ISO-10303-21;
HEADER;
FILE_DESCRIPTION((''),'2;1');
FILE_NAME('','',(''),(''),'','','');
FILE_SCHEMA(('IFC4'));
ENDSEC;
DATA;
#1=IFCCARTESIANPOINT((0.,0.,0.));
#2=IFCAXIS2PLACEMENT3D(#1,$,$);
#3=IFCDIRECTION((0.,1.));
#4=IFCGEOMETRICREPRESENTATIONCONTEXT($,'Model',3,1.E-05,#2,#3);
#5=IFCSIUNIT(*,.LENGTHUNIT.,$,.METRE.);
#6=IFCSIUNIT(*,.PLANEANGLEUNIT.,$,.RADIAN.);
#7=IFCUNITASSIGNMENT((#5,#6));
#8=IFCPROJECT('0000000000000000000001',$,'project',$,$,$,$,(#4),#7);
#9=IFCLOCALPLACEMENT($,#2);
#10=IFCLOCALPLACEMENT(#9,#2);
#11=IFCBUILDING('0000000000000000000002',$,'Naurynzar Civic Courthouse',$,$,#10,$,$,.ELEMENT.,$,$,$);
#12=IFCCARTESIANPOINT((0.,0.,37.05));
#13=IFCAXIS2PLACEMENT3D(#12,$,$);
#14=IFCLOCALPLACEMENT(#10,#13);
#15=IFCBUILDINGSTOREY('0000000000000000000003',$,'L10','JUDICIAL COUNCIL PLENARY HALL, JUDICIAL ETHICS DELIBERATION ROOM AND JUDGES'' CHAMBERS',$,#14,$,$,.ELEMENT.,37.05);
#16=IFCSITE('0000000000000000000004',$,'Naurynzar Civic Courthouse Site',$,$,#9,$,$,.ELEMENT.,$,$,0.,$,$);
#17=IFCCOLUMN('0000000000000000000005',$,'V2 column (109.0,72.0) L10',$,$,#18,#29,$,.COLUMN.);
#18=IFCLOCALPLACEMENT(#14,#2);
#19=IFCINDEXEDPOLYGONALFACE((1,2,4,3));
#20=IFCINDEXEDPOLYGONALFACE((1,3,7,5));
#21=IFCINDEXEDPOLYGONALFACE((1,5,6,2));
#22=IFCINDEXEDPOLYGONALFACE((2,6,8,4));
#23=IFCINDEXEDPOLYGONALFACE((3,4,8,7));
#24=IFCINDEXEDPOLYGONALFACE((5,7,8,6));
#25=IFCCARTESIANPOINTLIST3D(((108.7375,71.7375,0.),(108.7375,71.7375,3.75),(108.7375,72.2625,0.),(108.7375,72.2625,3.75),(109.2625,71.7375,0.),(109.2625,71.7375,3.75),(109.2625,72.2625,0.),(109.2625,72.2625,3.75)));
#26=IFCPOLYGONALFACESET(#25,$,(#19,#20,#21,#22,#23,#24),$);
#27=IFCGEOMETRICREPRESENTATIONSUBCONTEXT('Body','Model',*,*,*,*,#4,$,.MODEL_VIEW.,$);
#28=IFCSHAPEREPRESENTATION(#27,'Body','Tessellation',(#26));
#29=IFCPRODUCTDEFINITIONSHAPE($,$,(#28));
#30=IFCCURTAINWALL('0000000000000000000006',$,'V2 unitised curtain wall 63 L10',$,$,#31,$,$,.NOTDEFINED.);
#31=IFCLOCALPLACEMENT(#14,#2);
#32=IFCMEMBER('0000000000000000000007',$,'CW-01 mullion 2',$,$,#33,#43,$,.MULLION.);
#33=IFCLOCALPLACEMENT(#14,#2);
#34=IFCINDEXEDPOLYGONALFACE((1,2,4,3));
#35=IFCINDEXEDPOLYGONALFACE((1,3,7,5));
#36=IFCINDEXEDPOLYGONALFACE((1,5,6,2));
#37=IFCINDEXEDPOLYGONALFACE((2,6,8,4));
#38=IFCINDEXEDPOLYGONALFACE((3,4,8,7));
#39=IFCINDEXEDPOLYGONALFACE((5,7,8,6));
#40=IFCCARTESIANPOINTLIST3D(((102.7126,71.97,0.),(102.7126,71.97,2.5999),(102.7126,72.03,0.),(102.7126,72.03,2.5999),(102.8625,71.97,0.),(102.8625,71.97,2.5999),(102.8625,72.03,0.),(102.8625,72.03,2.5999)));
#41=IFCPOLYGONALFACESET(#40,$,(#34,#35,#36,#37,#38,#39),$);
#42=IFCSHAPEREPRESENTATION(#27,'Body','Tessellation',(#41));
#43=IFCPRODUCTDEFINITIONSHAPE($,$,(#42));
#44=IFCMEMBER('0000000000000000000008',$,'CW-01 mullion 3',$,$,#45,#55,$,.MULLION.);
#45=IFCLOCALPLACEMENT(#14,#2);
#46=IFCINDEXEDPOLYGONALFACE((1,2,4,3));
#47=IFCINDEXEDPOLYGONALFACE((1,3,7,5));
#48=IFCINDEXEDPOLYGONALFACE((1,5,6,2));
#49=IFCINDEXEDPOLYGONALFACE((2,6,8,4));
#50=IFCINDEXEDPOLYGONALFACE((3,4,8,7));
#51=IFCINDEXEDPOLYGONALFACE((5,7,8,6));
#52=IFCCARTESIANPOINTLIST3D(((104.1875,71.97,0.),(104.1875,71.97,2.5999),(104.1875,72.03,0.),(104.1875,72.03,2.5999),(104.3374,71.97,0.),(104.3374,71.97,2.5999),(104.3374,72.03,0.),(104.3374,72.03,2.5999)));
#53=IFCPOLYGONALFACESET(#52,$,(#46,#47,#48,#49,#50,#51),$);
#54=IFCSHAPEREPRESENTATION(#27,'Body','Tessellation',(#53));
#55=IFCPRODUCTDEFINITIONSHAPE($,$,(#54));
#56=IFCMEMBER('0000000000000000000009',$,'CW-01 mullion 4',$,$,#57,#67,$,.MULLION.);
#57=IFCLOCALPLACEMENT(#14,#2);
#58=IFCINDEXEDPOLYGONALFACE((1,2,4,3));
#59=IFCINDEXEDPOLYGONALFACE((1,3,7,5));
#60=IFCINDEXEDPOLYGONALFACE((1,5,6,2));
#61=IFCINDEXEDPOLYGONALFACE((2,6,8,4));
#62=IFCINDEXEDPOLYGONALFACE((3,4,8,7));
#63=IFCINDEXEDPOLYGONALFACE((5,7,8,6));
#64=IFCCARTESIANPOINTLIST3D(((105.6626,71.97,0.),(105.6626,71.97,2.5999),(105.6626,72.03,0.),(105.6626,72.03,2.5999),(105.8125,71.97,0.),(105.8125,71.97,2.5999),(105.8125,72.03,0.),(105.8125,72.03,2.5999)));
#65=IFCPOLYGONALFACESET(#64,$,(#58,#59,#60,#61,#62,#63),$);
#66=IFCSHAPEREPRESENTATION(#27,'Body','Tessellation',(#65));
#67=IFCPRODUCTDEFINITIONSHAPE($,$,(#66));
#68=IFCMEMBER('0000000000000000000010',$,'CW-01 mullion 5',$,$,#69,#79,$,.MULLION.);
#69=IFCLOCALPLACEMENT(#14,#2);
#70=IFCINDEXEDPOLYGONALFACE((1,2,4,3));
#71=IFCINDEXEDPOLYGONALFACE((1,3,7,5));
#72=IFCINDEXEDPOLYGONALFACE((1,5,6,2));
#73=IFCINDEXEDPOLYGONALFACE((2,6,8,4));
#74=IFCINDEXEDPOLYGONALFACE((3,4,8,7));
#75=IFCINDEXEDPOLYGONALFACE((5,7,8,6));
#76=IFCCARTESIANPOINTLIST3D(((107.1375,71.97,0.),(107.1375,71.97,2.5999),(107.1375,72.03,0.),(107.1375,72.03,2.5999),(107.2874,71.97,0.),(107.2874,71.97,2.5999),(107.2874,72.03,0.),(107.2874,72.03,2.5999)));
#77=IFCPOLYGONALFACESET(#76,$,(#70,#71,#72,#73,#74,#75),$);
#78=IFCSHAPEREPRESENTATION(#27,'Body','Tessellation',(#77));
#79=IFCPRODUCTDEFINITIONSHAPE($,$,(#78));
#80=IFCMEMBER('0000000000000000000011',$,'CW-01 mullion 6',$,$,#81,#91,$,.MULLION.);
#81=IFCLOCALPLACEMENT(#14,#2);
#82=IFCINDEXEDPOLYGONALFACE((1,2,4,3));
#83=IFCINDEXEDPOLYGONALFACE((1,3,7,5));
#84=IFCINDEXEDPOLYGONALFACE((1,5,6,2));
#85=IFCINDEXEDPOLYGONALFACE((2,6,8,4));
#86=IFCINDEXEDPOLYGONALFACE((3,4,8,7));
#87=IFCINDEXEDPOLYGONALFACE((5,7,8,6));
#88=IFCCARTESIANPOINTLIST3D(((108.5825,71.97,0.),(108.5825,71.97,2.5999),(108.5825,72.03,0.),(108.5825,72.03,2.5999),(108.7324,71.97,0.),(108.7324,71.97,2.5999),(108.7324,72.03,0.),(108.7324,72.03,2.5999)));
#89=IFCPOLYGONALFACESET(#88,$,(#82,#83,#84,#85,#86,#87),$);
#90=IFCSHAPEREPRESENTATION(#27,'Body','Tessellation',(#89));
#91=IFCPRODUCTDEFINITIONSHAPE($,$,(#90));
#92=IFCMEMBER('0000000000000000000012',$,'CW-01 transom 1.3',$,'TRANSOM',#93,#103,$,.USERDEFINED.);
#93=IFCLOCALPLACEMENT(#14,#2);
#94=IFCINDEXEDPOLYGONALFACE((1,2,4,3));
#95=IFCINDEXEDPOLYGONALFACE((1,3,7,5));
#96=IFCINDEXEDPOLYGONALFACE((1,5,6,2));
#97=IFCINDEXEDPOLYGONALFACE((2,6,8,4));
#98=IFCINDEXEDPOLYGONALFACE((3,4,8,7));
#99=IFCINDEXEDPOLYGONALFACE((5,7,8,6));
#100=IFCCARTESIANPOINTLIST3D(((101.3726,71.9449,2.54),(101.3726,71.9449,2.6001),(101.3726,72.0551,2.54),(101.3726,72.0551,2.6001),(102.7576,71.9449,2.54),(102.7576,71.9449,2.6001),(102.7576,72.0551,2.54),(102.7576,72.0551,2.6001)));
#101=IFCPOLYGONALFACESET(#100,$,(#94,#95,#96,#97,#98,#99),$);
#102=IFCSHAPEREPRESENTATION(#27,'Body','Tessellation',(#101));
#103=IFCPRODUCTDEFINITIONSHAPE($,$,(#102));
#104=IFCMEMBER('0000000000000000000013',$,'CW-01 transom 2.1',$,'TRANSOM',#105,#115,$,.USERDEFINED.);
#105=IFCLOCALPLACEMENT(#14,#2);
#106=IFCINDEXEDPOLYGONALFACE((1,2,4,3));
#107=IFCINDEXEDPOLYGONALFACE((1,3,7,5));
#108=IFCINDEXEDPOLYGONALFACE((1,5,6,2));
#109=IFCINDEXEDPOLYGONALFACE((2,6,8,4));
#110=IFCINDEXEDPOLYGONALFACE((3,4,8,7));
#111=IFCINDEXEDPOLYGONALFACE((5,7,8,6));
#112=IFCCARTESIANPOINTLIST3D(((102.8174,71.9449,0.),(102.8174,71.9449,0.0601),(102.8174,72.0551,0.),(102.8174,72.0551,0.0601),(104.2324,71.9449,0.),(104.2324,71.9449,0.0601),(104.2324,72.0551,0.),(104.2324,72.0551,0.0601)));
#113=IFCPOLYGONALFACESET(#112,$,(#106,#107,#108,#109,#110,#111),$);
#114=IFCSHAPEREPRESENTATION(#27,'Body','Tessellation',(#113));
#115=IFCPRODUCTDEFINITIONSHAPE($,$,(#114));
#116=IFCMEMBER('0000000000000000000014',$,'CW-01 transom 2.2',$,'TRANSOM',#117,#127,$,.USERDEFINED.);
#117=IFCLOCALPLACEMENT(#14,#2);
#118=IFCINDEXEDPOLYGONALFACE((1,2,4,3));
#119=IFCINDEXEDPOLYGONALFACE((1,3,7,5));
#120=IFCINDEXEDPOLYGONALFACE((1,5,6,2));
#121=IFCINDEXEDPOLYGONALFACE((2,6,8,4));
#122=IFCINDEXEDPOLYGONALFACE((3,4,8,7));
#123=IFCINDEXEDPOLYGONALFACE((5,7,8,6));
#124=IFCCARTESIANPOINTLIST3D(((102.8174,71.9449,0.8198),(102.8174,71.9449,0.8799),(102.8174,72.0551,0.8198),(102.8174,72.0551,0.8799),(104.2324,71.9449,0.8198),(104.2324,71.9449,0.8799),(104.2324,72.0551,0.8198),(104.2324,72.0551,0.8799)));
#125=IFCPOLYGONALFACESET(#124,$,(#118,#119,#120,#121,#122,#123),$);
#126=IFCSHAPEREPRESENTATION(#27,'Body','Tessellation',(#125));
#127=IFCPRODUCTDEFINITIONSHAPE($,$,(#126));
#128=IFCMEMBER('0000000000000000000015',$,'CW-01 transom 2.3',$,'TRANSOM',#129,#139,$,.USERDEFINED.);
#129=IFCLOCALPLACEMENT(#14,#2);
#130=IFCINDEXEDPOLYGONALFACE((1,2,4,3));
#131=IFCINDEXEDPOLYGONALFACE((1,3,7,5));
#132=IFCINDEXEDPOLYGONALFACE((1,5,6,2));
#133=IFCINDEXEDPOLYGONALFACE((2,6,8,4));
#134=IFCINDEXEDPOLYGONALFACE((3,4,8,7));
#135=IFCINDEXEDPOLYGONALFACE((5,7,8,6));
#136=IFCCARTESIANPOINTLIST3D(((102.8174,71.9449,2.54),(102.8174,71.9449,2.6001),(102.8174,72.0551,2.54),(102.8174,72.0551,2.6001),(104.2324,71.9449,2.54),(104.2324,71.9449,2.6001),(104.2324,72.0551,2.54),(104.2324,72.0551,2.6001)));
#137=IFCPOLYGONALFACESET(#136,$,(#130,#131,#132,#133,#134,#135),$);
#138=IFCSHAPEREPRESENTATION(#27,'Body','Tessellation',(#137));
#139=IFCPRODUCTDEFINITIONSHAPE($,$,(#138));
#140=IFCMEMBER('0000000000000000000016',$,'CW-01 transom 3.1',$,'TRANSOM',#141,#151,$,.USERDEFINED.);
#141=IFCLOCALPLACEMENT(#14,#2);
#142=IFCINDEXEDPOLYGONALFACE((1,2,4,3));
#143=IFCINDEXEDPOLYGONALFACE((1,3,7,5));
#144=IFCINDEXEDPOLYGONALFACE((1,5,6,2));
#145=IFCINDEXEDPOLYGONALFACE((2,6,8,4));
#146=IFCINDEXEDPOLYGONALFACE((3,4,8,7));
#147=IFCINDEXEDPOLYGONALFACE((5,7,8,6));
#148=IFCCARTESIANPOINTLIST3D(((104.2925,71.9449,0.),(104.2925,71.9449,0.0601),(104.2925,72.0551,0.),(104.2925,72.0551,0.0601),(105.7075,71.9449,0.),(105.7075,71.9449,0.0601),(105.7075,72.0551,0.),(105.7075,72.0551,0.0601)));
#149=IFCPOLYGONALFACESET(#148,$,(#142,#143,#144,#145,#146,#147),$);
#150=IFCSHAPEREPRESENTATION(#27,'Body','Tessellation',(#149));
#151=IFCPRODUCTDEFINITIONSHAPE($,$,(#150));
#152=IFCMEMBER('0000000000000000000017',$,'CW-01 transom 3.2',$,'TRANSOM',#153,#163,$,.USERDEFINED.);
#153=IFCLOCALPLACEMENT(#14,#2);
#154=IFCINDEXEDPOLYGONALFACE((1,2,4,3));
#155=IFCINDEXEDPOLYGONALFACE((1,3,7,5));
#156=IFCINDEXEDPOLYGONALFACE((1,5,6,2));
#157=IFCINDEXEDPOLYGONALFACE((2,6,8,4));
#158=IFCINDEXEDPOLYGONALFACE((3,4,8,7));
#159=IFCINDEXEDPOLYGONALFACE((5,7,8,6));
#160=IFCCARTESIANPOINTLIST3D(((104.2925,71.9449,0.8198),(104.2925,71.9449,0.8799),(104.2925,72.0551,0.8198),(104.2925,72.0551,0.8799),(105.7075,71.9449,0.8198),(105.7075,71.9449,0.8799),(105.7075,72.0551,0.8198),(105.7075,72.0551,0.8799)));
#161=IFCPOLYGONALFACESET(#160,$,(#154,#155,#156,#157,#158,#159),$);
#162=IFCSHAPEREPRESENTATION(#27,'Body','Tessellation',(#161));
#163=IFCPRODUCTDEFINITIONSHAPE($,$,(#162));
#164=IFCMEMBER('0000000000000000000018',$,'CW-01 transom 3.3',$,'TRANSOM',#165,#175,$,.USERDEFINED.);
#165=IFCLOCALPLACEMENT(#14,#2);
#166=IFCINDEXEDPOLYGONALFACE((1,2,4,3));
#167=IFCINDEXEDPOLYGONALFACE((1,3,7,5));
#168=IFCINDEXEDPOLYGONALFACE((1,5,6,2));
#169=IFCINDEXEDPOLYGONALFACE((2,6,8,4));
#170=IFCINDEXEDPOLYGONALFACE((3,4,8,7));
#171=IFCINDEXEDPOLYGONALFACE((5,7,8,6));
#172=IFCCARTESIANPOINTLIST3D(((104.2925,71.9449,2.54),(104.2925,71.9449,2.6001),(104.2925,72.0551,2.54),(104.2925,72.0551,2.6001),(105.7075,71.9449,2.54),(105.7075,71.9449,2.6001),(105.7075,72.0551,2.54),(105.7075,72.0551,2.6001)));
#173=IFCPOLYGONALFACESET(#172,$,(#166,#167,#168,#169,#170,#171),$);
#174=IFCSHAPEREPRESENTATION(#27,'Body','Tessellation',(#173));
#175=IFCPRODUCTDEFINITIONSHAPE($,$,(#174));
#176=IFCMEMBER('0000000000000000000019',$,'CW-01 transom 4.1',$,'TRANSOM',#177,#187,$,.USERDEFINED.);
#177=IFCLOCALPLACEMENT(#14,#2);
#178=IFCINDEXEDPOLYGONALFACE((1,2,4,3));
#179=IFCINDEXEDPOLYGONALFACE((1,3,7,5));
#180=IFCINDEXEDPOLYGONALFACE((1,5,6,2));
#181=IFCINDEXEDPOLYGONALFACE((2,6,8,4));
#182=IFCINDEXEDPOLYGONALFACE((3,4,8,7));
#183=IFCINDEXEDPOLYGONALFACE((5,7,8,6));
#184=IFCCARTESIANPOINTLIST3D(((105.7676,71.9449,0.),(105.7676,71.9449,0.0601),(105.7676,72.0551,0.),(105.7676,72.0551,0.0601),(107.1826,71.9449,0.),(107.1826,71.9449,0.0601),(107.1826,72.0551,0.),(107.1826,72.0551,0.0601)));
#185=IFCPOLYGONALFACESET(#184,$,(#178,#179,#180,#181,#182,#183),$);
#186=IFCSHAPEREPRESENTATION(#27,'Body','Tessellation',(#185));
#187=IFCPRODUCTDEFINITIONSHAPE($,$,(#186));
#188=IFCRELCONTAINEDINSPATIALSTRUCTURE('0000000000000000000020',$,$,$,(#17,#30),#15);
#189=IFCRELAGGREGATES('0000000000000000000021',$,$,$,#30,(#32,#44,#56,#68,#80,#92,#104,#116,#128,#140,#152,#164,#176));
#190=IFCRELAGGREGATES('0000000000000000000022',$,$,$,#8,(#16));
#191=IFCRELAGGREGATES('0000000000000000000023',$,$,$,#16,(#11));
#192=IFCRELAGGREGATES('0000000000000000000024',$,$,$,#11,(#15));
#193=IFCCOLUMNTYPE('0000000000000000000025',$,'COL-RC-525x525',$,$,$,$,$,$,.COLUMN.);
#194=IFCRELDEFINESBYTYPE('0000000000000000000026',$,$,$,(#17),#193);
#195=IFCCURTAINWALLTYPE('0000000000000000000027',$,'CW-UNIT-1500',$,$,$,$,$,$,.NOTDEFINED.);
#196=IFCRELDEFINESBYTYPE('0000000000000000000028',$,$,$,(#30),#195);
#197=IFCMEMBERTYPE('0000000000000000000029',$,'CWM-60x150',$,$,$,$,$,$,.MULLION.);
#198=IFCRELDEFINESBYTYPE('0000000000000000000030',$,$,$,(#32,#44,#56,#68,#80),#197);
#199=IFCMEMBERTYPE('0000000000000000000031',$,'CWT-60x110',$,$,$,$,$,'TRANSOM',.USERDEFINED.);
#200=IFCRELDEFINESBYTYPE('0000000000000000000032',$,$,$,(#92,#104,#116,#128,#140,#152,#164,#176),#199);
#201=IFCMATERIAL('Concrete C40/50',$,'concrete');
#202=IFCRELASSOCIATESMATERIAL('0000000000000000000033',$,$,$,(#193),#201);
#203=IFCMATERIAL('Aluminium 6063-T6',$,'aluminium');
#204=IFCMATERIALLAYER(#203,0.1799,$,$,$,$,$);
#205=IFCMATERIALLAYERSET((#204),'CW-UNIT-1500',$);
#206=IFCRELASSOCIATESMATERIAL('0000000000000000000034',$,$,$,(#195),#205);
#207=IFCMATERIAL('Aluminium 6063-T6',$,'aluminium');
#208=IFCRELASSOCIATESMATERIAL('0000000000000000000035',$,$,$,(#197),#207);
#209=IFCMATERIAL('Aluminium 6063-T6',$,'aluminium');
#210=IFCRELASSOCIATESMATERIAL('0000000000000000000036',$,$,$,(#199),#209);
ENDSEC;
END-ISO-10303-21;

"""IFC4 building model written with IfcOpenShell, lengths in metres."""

from ifc_helpers import new_model, si_unit, direction, frame, origin, origin_2d, place, context, subcontext, project, spatial, rectangle, extrude, material, layer, layer_set, material_profile, profile_set, type_object, element, aggregate, save


model = new_model("IFC4")

# Units and contexts
model_context = context("Model", 3, precision=1e-05, world=origin(), true_north=direction((0.0, 1.0)))
body_context = subcontext(model_context, "Body", "Model", "MODEL_VIEW")
ifc_project = project(units=[si_unit("LENGTHUNIT", "METRE"), si_unit("PLANEANGLEUNIT", "RADIAN")], contexts=[model_context])

# Site, building, storey
site_placement = place(None, origin())
site = spatial("IfcSite", under=ifc_project, at=site_placement, Name="Naurynzar Civic Courthouse Site", CompositionType="ELEMENT", RefElevation=0.0)
building_placement = place(site_placement, origin())
building = spatial("IfcBuilding", under=site, at=building_placement, Name="Naurynzar Civic Courthouse", CompositionType="ELEMENT")
storey_placement = place(building_placement, frame((0.0, 0.0, 37.05)))
storey = spatial("IfcBuildingStorey", under=building, at=storey_placement, Name="L10", Description="JUDICIAL COUNCIL PLENARY HALL, JUDICIAL ETHICS DELIBERATION ROOM AND JUDGES' CHAMBERS", CompositionType="ELEMENT", Elevation=37.05)

# Column
ifc_material_1 = material(Name="Concrete C40/50", Category="concrete")
ifc_material_profile_1 = material_profile(ifc_material_1, rectangle(XDim=0.5249, YDim=0.5249, at=origin_2d()), Name="RC 525x525")
ifc_profile_set_1 = profile_set([ifc_material_profile_1], Name="Concrete C40/50")
column_type = type_object("IfcColumnType", Name="COL-RC-525x525", PredefinedType="COLUMN", material=ifc_profile_set_1)
column_placement = place(storey_placement, frame((109.0, 72.0, 0.0), z_axis=(0.0, 0.0, 1.0), x_axis=(1.0, 0.0, 0.0)))
element("IfcColumn", 1, at=column_placement, inside=storey, type_object=column_type, Name="V2 column (109.0,72.0) L10", PredefinedType="COLUMN", context=body_context, shape_type="SweptSolid", body=[
    extrude(rectangle(XDim=0.5249, YDim=0.5249, at=origin_2d()), origin(), (0.0, 0.0, 1.0), 3.75),
])

# Curtain wall, members
ifc_material_2 = material(Name="Aluminium 6063-T6", Category="aluminium")
ifc_layer_1 = layer(ifc_material_2, 0.1799)
ifc_layer_set_1 = layer_set([ifc_layer_1], Name="CW-UNIT-1500")
curtain_wall_type = type_object("IfcCurtainWallType", Name="CW-UNIT-1500", PredefinedType="NOTDEFINED", material=ifc_layer_set_1)
curtain_wall_placement = place(storey_placement, origin())
curtain_wall = element("IfcCurtainWall", 2, at=curtain_wall_placement, inside=storey, type_object=curtain_wall_type, Name="V2 unitised curtain wall 63 L10", PredefinedType="NOTDEFINED")
ifc_material_3 = material(Name="Aluminium 6063-T6", Category="aluminium")
ifc_material_profile_2 = material_profile(ifc_material_3, rectangle(XDim=0.0601, YDim=0.1499, at=origin_2d()), Name="ALU MULLION 60x150")
ifc_profile_set_2 = profile_set([ifc_material_profile_2], Name="Aluminium 6063-T6")
member_type_1 = type_object("IfcMemberType", Name="CWM-60x150", PredefinedType="MULLION", material=ifc_profile_set_2)
member_1_placement = place(storey_placement, frame((102.7876, 72.0, 0.0), z_axis=(0.0, 0.0, 1.0), x_axis=(0.0, 1.0, 0.0)))
member_1 = element("IfcMember", 3, at=member_1_placement, type_object=member_type_1, Name="CW-01 mullion 2", PredefinedType="MULLION", context=body_context, shape_type="SweptSolid", body=[
    extrude(rectangle(XDim=0.0601, YDim=0.1499, at=origin_2d()), origin(), (0.0, 0.0, 1.0), 2.5999),
])
member_2_placement = place(storey_placement, frame((104.2625, 72.0, 0.0), z_axis=(0.0, 0.0, 1.0), x_axis=(0.0, 1.0, 0.0)))
member_2 = element("IfcMember", 4, at=member_2_placement, type_object=member_type_1, Name="CW-01 mullion 3", PredefinedType="MULLION", context=body_context, shape_type="SweptSolid", body=[
    extrude(rectangle(XDim=0.0601, YDim=0.1499, at=origin_2d()), origin(), (0.0, 0.0, 1.0), 2.5999),
])
member_3_placement = place(storey_placement, frame((105.7375, 72.0, 0.0), z_axis=(0.0, 0.0, 1.0), x_axis=(0.0, 1.0, 0.0)))
member_3 = element("IfcMember", 5, at=member_3_placement, type_object=member_type_1, Name="CW-01 mullion 4", PredefinedType="MULLION", context=body_context, shape_type="SweptSolid", body=[
    extrude(rectangle(XDim=0.0601, YDim=0.1499, at=origin_2d()), origin(), (0.0, 0.0, 1.0), 2.5999),
])
member_4_placement = place(storey_placement, frame((107.2124, 72.0, 0.0), z_axis=(0.0, 0.0, 1.0), x_axis=(0.0, 1.0, 0.0)))
member_4 = element("IfcMember", 6, at=member_4_placement, type_object=member_type_1, Name="CW-01 mullion 5", PredefinedType="MULLION", context=body_context, shape_type="SweptSolid", body=[
    extrude(rectangle(XDim=0.0601, YDim=0.1499, at=origin_2d()), origin(), (0.0, 0.0, 1.0), 2.5999),
])
member_5_placement = place(storey_placement, frame((108.6575, 72.0, 0.0), z_axis=(0.0, 0.0, 1.0), x_axis=(0.0, 1.0, 0.0)))
member_5 = element("IfcMember", 7, at=member_5_placement, type_object=member_type_1, Name="CW-01 mullion 6", PredefinedType="MULLION", context=body_context, shape_type="SweptSolid", body=[
    extrude(rectangle(XDim=0.0601, YDim=0.1499, at=origin_2d()), origin(), (0.0, 0.0, 1.0), 2.5999),
])
ifc_material_4 = material(Name="Aluminium 6063-T6", Category="aluminium")
ifc_material_profile_3 = material_profile(ifc_material_4, rectangle(XDim=0.1101, YDim=0.0601, at=origin_2d()), Name="ALU TRANSOM 60x110")
ifc_profile_set_3 = profile_set([ifc_material_profile_3], Name="Aluminium 6063-T6")
member_type_2 = type_object("IfcMemberType", Name="CWT-60x110", ElementType="TRANSOM", PredefinedType="USERDEFINED", material=ifc_profile_set_3)
member_6_placement = place(storey_placement, frame((101.3726, 72.0, 2.5701), z_axis=(1.0, 0.0, 0.0), x_axis=(0.0, 1.0, 0.0)))
member_6 = element("IfcMember", 8, at=member_6_placement, type_object=member_type_2, Name="CW-01 transom 1.3", ObjectType="TRANSOM", PredefinedType="USERDEFINED", context=body_context, shape_type="SweptSolid", body=[
    extrude(rectangle(XDim=0.1101, YDim=0.0601, at=origin_2d()), origin(), (0.0, 0.0, 1.0), 1.385),
])
member_7_placement = place(storey_placement, frame((102.8174, 72.0, 0.03), z_axis=(1.0, 0.0, 0.0), x_axis=(0.0, 1.0, 0.0)))
member_7 = element("IfcMember", 9, at=member_7_placement, type_object=member_type_2, Name="CW-01 transom 2.1", ObjectType="TRANSOM", PredefinedType="USERDEFINED", context=body_context, shape_type="SweptSolid", body=[
    extrude(rectangle(XDim=0.1101, YDim=0.0601, at=origin_2d()), origin(), (0.0, 0.0, 1.0), 1.415),
])
member_8_placement = place(storey_placement, frame((102.8174, 72.0, 0.8499), z_axis=(1.0, 0.0, 0.0), x_axis=(0.0, 1.0, 0.0)))
member_8 = element("IfcMember", 10, at=member_8_placement, type_object=member_type_2, Name="CW-01 transom 2.2", ObjectType="TRANSOM", PredefinedType="USERDEFINED", context=body_context, shape_type="SweptSolid", body=[
    extrude(rectangle(XDim=0.1101, YDim=0.0601, at=origin_2d()), origin(), (0.0, 0.0, 1.0), 1.415),
])
member_9_placement = place(storey_placement, frame((102.8174, 72.0, 2.5701), z_axis=(1.0, 0.0, 0.0), x_axis=(0.0, 1.0, 0.0)))
member_9 = element("IfcMember", 11, at=member_9_placement, type_object=member_type_2, Name="CW-01 transom 2.3", ObjectType="TRANSOM", PredefinedType="USERDEFINED", context=body_context, shape_type="SweptSolid", body=[
    extrude(rectangle(XDim=0.1101, YDim=0.0601, at=origin_2d()), origin(), (0.0, 0.0, 1.0), 1.415),
])
member_10_placement = place(storey_placement, frame((104.2925, 72.0, 0.03), z_axis=(1.0, 0.0, 0.0), x_axis=(0.0, 1.0, 0.0)))
member_10 = element("IfcMember", 12, at=member_10_placement, type_object=member_type_2, Name="CW-01 transom 3.1", ObjectType="TRANSOM", PredefinedType="USERDEFINED", context=body_context, shape_type="SweptSolid", body=[
    extrude(rectangle(XDim=0.1101, YDim=0.0601, at=origin_2d()), origin(), (0.0, 0.0, 1.0), 1.415),
])
member_11_placement = place(storey_placement, frame((104.2925, 72.0, 0.8499), z_axis=(1.0, 0.0, 0.0), x_axis=(0.0, 1.0, 0.0)))
member_11 = element("IfcMember", 13, at=member_11_placement, type_object=member_type_2, Name="CW-01 transom 3.2", ObjectType="TRANSOM", PredefinedType="USERDEFINED", context=body_context, shape_type="SweptSolid", body=[
    extrude(rectangle(XDim=0.1101, YDim=0.0601, at=origin_2d()), origin(), (0.0, 0.0, 1.0), 1.415),
])
member_12_placement = place(storey_placement, frame((104.2925, 72.0, 2.5701), z_axis=(1.0, 0.0, 0.0), x_axis=(0.0, 1.0, 0.0)))
member_12 = element("IfcMember", 14, at=member_12_placement, type_object=member_type_2, Name="CW-01 transom 3.3", ObjectType="TRANSOM", PredefinedType="USERDEFINED", context=body_context, shape_type="SweptSolid", body=[
    extrude(rectangle(XDim=0.1101, YDim=0.0601, at=origin_2d()), origin(), (0.0, 0.0, 1.0), 1.415),
])
member_13_placement = place(storey_placement, frame((105.7676, 72.0, 0.03), z_axis=(1.0, 0.0, 0.0), x_axis=(0.0, 1.0, 0.0)))
member_13 = element("IfcMember", 15, at=member_13_placement, type_object=member_type_2, Name="CW-01 transom 4.1", ObjectType="TRANSOM", PredefinedType="USERDEFINED", context=body_context, shape_type="SweptSolid", body=[
    extrude(rectangle(XDim=0.1101, YDim=0.0601, at=origin_2d()), origin(), (0.0, 0.0, 1.0), 1.415),
])
aggregate(curtain_wall, [member_1, member_2, member_3, member_4, member_5, member_6, member_7, member_8, member_9, member_10, member_11, member_12, member_13])

save(model, "model.ifc")
